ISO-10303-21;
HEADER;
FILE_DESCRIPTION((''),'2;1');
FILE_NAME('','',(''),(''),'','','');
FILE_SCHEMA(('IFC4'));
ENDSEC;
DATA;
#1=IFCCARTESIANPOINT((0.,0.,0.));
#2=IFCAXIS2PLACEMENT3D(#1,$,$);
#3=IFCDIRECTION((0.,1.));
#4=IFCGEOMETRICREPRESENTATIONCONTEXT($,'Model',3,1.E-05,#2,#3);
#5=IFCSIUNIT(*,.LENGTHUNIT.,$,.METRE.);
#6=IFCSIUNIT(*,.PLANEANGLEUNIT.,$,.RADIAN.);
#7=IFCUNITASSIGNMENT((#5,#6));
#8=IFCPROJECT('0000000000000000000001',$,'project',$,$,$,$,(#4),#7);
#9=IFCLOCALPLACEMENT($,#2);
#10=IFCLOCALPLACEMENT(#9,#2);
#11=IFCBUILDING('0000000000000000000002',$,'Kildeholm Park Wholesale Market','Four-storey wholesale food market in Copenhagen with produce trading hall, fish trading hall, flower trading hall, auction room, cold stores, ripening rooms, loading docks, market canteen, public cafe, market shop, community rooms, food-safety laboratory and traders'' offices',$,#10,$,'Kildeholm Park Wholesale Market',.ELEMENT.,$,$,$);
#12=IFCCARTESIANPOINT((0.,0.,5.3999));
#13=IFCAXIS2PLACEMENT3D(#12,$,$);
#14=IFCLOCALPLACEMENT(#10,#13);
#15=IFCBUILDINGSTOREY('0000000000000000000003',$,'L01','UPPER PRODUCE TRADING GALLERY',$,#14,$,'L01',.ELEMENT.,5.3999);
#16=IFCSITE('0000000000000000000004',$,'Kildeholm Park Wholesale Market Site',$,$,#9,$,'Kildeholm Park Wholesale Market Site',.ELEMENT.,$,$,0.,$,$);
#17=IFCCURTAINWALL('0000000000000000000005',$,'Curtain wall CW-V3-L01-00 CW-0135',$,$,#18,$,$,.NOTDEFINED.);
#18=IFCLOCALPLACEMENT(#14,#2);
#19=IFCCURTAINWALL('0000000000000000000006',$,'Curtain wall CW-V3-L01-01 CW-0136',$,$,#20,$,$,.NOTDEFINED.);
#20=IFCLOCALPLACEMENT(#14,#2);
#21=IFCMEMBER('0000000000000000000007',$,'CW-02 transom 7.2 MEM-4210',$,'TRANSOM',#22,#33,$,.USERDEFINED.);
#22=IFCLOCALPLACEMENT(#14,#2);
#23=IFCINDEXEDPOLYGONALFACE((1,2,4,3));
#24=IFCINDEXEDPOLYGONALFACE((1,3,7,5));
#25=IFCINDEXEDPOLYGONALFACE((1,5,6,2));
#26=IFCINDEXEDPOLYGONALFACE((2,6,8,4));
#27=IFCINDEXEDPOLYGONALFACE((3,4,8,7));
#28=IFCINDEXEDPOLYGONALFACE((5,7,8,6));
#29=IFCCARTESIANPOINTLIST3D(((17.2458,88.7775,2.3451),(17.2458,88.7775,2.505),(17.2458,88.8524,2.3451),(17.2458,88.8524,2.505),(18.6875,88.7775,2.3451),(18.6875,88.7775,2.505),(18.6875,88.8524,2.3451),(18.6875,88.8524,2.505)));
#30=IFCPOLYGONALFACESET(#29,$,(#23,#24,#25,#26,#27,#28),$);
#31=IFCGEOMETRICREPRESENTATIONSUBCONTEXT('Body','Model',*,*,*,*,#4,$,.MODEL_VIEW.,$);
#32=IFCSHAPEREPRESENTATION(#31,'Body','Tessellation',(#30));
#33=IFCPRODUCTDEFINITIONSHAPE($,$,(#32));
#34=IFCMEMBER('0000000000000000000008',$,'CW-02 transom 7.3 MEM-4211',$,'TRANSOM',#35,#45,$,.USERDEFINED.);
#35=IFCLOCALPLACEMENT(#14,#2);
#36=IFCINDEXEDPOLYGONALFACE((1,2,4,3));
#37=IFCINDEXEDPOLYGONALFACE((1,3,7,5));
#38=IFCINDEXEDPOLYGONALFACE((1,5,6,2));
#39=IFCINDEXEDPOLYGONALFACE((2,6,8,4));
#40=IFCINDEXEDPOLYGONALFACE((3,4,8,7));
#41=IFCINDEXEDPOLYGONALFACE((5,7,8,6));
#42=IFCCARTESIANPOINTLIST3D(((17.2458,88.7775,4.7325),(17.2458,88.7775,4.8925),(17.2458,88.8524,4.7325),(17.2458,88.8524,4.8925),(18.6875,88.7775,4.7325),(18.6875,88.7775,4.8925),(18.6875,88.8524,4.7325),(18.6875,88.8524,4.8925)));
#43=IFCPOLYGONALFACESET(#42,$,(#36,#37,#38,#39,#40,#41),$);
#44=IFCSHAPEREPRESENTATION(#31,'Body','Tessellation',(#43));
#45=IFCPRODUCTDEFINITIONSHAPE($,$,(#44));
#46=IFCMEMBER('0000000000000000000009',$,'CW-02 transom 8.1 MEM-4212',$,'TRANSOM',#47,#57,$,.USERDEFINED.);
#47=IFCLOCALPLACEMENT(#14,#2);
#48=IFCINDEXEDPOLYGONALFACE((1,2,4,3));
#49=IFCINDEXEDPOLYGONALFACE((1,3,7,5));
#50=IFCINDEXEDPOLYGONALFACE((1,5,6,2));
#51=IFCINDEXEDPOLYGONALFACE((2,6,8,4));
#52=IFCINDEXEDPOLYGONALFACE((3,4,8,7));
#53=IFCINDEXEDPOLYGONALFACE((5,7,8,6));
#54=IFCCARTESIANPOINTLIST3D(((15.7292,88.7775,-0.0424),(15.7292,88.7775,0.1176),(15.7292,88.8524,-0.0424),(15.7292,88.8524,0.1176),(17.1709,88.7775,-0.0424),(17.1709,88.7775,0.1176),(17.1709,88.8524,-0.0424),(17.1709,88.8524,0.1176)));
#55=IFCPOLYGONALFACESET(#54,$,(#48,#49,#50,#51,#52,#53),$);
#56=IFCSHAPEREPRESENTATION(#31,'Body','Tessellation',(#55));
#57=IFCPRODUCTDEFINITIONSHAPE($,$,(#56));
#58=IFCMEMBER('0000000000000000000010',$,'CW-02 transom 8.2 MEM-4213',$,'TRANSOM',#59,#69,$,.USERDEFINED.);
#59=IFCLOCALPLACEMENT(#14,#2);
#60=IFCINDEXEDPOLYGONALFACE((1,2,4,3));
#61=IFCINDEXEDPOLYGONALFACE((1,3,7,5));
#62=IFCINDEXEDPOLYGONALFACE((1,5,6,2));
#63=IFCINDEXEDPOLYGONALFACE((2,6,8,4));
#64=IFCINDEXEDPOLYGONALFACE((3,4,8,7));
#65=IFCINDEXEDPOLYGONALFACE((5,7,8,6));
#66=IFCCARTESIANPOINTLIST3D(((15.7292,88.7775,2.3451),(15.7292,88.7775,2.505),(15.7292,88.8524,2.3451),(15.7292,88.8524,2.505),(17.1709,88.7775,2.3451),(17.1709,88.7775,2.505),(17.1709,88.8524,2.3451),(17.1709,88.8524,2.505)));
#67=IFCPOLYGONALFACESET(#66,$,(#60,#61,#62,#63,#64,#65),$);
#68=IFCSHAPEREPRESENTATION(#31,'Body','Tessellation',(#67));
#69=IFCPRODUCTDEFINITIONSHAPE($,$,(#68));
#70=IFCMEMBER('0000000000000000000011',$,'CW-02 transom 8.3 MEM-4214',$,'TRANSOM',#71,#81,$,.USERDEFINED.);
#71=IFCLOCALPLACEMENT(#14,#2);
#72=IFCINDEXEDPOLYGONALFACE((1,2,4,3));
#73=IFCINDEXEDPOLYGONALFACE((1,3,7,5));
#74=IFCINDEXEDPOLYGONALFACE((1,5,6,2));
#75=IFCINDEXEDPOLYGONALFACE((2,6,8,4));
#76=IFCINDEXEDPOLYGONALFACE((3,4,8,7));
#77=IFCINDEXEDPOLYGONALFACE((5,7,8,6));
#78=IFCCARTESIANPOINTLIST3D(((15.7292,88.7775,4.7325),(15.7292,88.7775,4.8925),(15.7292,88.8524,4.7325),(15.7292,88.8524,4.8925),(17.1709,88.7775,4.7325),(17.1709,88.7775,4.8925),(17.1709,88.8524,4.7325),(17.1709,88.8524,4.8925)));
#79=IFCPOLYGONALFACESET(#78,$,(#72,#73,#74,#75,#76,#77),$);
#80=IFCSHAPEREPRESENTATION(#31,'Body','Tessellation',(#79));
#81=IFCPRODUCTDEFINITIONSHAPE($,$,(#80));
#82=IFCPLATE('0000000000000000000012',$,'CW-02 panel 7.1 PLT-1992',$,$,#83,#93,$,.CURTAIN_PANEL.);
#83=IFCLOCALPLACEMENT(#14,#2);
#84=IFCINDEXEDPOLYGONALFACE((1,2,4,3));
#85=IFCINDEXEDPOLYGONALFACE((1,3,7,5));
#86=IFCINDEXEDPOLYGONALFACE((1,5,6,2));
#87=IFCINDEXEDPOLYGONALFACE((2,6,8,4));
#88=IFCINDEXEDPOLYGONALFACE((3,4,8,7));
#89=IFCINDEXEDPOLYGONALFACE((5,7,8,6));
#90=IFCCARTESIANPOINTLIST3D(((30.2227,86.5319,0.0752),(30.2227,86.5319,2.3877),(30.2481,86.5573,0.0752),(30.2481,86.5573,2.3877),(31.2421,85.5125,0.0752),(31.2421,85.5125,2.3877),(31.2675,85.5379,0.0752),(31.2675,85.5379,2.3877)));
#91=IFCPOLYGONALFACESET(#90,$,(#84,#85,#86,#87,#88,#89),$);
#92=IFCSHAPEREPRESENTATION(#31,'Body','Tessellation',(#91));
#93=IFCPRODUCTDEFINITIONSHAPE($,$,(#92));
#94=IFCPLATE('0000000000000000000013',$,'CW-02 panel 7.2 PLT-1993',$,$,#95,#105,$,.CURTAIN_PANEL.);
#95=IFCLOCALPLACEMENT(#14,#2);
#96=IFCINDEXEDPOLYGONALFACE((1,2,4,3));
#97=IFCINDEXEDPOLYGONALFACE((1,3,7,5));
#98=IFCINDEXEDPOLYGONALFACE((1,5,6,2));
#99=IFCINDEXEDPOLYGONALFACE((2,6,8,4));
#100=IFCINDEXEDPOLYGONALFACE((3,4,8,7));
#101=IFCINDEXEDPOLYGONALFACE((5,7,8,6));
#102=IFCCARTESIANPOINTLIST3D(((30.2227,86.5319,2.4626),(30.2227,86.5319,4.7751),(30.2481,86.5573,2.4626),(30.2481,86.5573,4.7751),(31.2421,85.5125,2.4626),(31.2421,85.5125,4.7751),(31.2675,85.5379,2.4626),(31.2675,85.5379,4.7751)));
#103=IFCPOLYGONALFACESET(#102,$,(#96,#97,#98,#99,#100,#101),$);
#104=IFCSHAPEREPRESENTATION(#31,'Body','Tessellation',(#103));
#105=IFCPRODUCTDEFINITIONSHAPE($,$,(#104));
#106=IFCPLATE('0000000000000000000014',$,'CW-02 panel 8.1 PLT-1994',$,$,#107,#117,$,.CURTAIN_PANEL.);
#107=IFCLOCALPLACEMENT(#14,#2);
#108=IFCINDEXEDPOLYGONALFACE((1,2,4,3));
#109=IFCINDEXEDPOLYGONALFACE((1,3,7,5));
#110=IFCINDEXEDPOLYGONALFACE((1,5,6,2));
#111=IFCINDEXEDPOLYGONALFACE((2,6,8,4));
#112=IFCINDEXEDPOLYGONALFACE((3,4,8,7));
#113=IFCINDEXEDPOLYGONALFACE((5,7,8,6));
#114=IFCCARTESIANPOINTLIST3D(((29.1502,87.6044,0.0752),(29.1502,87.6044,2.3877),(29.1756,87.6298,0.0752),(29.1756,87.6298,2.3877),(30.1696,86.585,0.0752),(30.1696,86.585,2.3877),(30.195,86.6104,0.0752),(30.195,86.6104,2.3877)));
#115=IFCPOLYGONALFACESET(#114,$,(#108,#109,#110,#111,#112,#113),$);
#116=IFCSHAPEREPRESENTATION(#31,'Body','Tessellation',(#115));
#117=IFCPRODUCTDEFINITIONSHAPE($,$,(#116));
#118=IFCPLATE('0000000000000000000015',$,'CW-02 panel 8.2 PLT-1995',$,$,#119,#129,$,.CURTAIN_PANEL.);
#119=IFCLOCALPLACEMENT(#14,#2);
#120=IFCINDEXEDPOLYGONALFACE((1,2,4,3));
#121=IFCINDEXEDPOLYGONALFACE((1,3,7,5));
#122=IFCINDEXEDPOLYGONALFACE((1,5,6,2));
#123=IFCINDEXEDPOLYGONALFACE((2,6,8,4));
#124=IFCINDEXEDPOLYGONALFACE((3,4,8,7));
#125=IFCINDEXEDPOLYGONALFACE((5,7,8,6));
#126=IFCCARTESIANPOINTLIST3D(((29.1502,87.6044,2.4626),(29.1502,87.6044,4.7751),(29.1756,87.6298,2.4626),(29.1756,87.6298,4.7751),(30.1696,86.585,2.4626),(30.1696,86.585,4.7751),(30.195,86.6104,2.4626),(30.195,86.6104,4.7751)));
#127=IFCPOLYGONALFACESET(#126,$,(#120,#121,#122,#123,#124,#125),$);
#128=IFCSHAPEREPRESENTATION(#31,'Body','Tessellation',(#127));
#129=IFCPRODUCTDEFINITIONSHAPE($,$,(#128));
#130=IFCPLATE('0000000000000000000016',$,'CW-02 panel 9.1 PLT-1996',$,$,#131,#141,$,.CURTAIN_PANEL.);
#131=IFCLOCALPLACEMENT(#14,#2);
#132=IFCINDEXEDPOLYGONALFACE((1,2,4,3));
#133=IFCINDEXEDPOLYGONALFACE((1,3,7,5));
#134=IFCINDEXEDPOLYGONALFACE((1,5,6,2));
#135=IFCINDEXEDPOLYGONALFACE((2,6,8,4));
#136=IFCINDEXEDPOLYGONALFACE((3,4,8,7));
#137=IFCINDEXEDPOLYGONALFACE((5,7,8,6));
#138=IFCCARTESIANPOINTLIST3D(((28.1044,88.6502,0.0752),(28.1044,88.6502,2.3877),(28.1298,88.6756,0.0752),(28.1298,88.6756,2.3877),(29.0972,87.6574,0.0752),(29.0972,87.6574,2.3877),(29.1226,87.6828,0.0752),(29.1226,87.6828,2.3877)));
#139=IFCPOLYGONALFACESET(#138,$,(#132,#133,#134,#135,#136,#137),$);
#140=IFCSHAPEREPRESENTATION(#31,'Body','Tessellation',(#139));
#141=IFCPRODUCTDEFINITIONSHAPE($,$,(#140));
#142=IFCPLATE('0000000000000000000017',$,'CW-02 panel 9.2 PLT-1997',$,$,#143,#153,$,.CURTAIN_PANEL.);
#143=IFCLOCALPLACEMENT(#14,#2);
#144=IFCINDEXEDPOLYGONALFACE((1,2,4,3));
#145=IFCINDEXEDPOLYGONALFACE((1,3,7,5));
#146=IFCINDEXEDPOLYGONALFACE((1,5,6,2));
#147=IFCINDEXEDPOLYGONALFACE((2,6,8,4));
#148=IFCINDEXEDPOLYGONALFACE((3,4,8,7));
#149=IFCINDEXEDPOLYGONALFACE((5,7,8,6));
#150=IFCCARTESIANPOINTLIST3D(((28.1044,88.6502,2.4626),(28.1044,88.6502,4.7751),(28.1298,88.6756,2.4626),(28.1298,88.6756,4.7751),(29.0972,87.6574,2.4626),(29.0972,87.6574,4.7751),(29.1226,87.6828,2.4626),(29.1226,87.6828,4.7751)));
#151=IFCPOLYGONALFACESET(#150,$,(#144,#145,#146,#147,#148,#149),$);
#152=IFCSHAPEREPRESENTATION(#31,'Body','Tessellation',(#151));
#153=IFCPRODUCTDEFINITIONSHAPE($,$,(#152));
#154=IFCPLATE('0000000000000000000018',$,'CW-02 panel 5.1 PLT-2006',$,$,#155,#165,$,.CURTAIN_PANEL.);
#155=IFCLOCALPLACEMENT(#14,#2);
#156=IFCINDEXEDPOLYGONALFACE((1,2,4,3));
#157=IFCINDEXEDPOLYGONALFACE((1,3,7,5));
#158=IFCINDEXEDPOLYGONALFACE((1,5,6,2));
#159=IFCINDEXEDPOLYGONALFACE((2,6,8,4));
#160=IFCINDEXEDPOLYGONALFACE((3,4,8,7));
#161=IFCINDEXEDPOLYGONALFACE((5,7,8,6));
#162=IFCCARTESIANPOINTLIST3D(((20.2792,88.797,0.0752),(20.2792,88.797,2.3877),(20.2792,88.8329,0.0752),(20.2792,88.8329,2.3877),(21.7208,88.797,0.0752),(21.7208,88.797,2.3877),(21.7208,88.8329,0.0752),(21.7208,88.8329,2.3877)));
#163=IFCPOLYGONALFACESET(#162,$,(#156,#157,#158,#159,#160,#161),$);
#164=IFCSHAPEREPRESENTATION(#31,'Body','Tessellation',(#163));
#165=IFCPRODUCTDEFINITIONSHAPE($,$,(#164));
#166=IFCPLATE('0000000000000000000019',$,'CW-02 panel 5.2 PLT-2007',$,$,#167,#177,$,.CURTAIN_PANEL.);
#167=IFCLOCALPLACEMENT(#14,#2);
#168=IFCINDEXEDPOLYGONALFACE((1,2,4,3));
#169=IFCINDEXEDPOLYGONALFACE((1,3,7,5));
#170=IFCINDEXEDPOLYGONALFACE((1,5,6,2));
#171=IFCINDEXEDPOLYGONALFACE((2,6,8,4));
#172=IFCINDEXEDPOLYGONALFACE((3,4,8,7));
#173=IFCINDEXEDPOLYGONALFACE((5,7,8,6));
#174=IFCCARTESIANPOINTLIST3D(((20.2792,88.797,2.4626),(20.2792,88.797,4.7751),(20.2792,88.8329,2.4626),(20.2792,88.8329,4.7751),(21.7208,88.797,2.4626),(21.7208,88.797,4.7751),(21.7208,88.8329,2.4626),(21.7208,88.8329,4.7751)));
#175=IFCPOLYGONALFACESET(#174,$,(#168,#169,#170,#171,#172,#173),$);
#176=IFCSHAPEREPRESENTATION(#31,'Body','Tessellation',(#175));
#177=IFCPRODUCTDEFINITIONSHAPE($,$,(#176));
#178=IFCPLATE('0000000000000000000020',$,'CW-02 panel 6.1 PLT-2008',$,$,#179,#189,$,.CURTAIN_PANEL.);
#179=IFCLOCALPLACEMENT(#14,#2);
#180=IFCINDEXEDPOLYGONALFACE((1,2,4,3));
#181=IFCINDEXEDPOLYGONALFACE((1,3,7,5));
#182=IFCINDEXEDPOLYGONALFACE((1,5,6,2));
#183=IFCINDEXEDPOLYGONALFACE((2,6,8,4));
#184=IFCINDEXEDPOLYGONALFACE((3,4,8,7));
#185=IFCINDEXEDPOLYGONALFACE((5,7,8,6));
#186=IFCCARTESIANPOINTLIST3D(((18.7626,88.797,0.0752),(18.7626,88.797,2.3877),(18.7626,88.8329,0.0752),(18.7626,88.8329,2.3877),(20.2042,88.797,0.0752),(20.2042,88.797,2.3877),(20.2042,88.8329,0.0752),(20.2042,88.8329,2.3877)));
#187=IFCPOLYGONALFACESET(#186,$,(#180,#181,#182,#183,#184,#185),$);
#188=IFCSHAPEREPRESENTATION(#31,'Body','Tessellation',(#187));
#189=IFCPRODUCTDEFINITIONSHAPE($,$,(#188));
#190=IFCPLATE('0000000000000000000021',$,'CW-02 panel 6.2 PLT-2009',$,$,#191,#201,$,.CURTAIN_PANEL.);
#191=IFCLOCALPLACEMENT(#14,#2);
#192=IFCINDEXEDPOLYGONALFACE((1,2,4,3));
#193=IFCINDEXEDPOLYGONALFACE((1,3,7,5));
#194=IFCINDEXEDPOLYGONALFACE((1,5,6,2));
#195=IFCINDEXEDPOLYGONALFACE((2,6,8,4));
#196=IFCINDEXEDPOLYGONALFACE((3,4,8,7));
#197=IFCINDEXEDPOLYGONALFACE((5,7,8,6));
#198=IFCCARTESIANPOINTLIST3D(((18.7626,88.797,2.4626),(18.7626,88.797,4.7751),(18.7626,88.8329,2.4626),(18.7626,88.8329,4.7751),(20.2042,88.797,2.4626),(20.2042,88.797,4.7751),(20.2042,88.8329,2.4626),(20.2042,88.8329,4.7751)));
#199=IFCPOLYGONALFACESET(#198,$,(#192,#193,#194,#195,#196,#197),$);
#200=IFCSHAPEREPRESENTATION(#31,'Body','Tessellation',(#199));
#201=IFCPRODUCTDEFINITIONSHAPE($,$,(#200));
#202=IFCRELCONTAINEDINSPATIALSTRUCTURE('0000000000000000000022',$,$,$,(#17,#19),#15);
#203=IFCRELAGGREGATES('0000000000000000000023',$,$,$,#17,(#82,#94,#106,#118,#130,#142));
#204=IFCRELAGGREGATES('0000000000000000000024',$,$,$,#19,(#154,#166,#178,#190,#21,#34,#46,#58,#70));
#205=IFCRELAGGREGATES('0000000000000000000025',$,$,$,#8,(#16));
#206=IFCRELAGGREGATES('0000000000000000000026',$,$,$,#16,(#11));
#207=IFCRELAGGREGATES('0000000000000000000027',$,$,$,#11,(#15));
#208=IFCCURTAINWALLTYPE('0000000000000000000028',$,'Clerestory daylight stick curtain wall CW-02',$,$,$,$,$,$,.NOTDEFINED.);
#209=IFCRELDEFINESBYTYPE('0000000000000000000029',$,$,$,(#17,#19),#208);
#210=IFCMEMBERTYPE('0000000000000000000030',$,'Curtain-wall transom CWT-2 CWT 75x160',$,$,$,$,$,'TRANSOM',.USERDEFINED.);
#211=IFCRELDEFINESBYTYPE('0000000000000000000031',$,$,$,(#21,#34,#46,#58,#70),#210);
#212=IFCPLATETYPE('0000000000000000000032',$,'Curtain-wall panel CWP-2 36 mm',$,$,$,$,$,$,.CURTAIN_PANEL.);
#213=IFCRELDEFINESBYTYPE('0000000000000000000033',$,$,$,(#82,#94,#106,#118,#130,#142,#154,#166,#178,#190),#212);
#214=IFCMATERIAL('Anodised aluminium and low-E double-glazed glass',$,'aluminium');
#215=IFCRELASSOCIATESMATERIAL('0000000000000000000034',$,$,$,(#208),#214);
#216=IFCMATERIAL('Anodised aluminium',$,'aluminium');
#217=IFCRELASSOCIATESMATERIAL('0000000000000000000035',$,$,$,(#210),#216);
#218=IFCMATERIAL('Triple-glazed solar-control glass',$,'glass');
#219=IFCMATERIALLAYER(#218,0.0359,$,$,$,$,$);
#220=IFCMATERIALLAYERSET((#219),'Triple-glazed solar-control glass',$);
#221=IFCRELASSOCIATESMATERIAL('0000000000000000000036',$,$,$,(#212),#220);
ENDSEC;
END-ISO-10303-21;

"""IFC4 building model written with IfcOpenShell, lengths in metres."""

from ifc_helpers import new_model, si_unit, direction, frame, origin, origin_2d, place, context, subcontext, project, spatial, rectangle, extrude, material, layer, layer_set, material_profile, profile_set, type_object, element, aggregate, save


model = new_model("IFC4")

# Units and contexts
model_context = context("Model", 3, precision=1e-05, world=origin(), true_north=direction((0.0, 1.0)))
body_context = subcontext(model_context, "Body", "Model", "MODEL_VIEW")
ifc_project = project(units=[si_unit("LENGTHUNIT", "METRE"), si_unit("PLANEANGLEUNIT", "RADIAN")], contexts=[model_context])

# Site, building, storey
site_placement = place(None, origin())
site = spatial("IfcSite", under=ifc_project, at=site_placement, Name="Kildeholm Park Wholesale Market Site", LongName="Kildeholm Park Wholesale Market Site", CompositionType="ELEMENT", RefElevation=0.0)
building_placement = place(site_placement, origin())
building = spatial("IfcBuilding", under=site, at=building_placement, Name="Kildeholm Park Wholesale Market", Description="Four-storey wholesale food market in Copenhagen with produce trading hall, fish trading hall, flower trading hall, auction room, cold stores, ripening rooms, loading docks, market canteen, public cafe, market shop, community rooms, food-safety laboratory and traders' offices", LongName="Kildeholm Park Wholesale Market", CompositionType="ELEMENT")
storey_placement = place(building_placement, frame((0.0, 0.0, 5.3999)))
storey = spatial("IfcBuildingStorey", under=building, at=storey_placement, Name="L01", Description="UPPER PRODUCE TRADING GALLERY", LongName="L01", CompositionType="ELEMENT", Elevation=5.3999)

# Curtain walls
ifc_material_1 = material(Name="Anodised aluminium and low-E double-glazed glass", Category="aluminium")
curtain_wall_type = type_object("IfcCurtainWallType", Name="Clerestory daylight stick curtain wall CW-02", PredefinedType="NOTDEFINED", material=ifc_material_1)
curtain_wall_1_placement = place(storey_placement, origin())
curtain_wall_1 = element("IfcCurtainWall", 1, at=curtain_wall_1_placement, inside=storey, type_object=curtain_wall_type, Name="Curtain wall CW-V3-L01-00 CW-0135", PredefinedType="NOTDEFINED")
ifc_material_2 = material(Name="Anodised aluminium", Category="aluminium")
curtain_wall_2_placement = place(storey_placement, origin())
curtain_wall_2 = element("IfcCurtainWall", 2, at=curtain_wall_2_placement, inside=storey, type_object=curtain_wall_type, Name="Curtain wall CW-V3-L01-01 CW-0136", PredefinedType="NOTDEFINED")

# Members
ifc_material_profile_1 = material_profile(ifc_material_2, rectangle(XDim=0.075, YDim=0.1599, at=origin_2d()), Name="CWT 75x160")
ifc_profile_set_1 = profile_set([ifc_material_profile_1], Name="Anodised aluminium")
member_type_1 = type_object("IfcMemberType", Name="Curtain-wall transom CWT-2 CWT 75x160", ElementType="TRANSOM", PredefinedType="USERDEFINED", material=ifc_profile_set_1)
member_1_placement = place(storey_placement, frame((18.6875, 88.8149, 2.425), z_axis=(-1.0, 0.0, 0.0), x_axis=(0.0, -1.0, 0.0)))
member_1 = element("IfcMember", 3, at=member_1_placement, type_object=member_type_1, Name="CW-02 transom 7.2 MEM-4210", ObjectType="TRANSOM", PredefinedType="USERDEFINED", context=body_context, shape_type="SweptSolid", body=[
    extrude(rectangle(XDim=0.075, YDim=0.1599, at=origin_2d()), origin(), (0.0, 0.0, 1.0), 1.4417),
])
member_2_placement = place(storey_placement, frame((18.6875, 88.8149, 4.8125), z_axis=(-1.0, 0.0, 0.0), x_axis=(0.0, -1.0, 0.0)))
member_2 = element("IfcMember", 4, at=member_2_placement, type_object=member_type_1, Name="CW-02 transom 7.3 MEM-4211", ObjectType="TRANSOM", PredefinedType="USERDEFINED", context=body_context, shape_type="SweptSolid", body=[
    extrude(rectangle(XDim=0.075, YDim=0.1599, at=origin_2d()), origin(), (0.0, 0.0, 1.0), 1.4417),
])
member_3_placement = place(storey_placement, frame((17.1709, 88.8149, 0.0376), z_axis=(-1.0, 0.0, 0.0), x_axis=(0.0, -1.0, 0.0)))
member_3 = element("IfcMember", 5, at=member_3_placement, type_object=member_type_1, Name="CW-02 transom 8.1 MEM-4212", ObjectType="TRANSOM", PredefinedType="USERDEFINED", context=body_context, shape_type="SweptSolid", body=[
    extrude(rectangle(XDim=0.075, YDim=0.1599, at=origin_2d()), origin(), (0.0, 0.0, 1.0), 1.4417),
])
member_4_placement = place(storey_placement, frame((17.1709, 88.8149, 2.425), z_axis=(-1.0, 0.0, 0.0), x_axis=(0.0, -1.0, 0.0)))
member_4 = element("IfcMember", 6, at=member_4_placement, type_object=member_type_1, Name="CW-02 transom 8.2 MEM-4213", ObjectType="TRANSOM", PredefinedType="USERDEFINED", context=body_context, shape_type="SweptSolid", body=[
    extrude(rectangle(XDim=0.075, YDim=0.1599, at=origin_2d()), origin(), (0.0, 0.0, 1.0), 1.4417),
])
member_5_placement = place(storey_placement, frame((17.1709, 88.8149, 4.8125), z_axis=(-1.0, 0.0, 0.0), x_axis=(0.0, -1.0, 0.0)))
member_5 = element("IfcMember", 7, at=member_5_placement, type_object=member_type_1, Name="CW-02 transom 8.3 MEM-4214", ObjectType="TRANSOM", PredefinedType="USERDEFINED", context=body_context, shape_type="SweptSolid", body=[
    extrude(rectangle(XDim=0.075, YDim=0.1599, at=origin_2d()), origin(), (0.0, 0.0, 1.0), 1.4417),
])

# Plates
ifc_material_3 = material(Name="Triple-glazed solar-control glass", Category="glass")
ifc_layer_1 = layer(ifc_material_3, 0.0359)
ifc_layer_set_1 = layer_set([ifc_layer_1], Name="Triple-glazed solar-control glass")
plate_type = type_object("IfcPlateType", Name="Curtain-wall panel CWP-2 36 mm", PredefinedType="CURTAIN_PANEL", material=ifc_layer_set_1)
plate_1_placement = place(storey_placement, frame((30.7451, 86.0349, 0.0752), z_axis=(0.0, 0.0, 1.0), x_axis=(-0.707107, 0.707107, 0.0)))
plate_1 = element("IfcPlate", 8, at=plate_1_placement, type_object=plate_type, Name="CW-02 panel 7.1 PLT-1992", PredefinedType="CURTAIN_PANEL", context=body_context, shape_type="SweptSolid", body=[
    extrude(rectangle(XDim=1.4417, YDim=0.0359, at=origin_2d()), origin(), (0.0, 0.0, 1.0), 2.3125),
])
plate_2_placement = place(storey_placement, frame((30.7451, 86.0349, 2.4626), z_axis=(0.0, 0.0, 1.0), x_axis=(-0.707107, 0.707107, 0.0)))
plate_2 = element("IfcPlate", 9, at=plate_2_placement, type_object=plate_type, Name="CW-02 panel 7.2 PLT-1993", PredefinedType="CURTAIN_PANEL", context=body_context, shape_type="SweptSolid", body=[
    extrude(rectangle(XDim=1.4417, YDim=0.0359, at=origin_2d()), origin(), (0.0, 0.0, 1.0), 2.3125),
])
plate_3_placement = place(storey_placement, frame((29.6726, 87.1074, 0.0752), z_axis=(0.0, 0.0, 1.0), x_axis=(-0.707107, 0.707107, 0.0)))
plate_3 = element("IfcPlate", 10, at=plate_3_placement, type_object=plate_type, Name="CW-02 panel 8.1 PLT-1994", PredefinedType="CURTAIN_PANEL", context=body_context, shape_type="SweptSolid", body=[
    extrude(rectangle(XDim=1.4417, YDim=0.0359, at=origin_2d()), origin(), (0.0, 0.0, 1.0), 2.3125),
])
plate_4_placement = place(storey_placement, frame((29.6726, 87.1074, 2.4626), z_axis=(0.0, 0.0, 1.0), x_axis=(-0.707107, 0.707107, 0.0)))
plate_4 = element("IfcPlate", 11, at=plate_4_placement, type_object=plate_type, Name="CW-02 panel 8.2 PLT-1995", PredefinedType="CURTAIN_PANEL", context=body_context, shape_type="SweptSolid", body=[
    extrude(rectangle(XDim=1.4417, YDim=0.0359, at=origin_2d()), origin(), (0.0, 0.0, 1.0), 2.3125),
])
plate_5_placement = place(storey_placement, frame((28.6135, 88.1665, 0.0752), z_axis=(0.0, 0.0, 1.0), x_axis=(-0.707107, 0.707107, 0.0)))
plate_5 = element("IfcPlate", 12, at=plate_5_placement, type_object=plate_type, Name="CW-02 panel 9.1 PLT-1996", PredefinedType="CURTAIN_PANEL", context=body_context, shape_type="SweptSolid", body=[
    extrude(rectangle(XDim=1.4041, YDim=0.0359, at=origin_2d()), origin(), (0.0, 0.0, 1.0), 2.3125),
])
plate_6_placement = place(storey_placement, frame((28.6135, 88.1665, 2.4626), z_axis=(0.0, 0.0, 1.0), x_axis=(-0.707107, 0.707107, 0.0)))
plate_6 = element("IfcPlate", 13, at=plate_6_placement, type_object=plate_type, Name="CW-02 panel 9.2 PLT-1997", PredefinedType="CURTAIN_PANEL", context=body_context, shape_type="SweptSolid", body=[
    extrude(rectangle(XDim=1.4041, YDim=0.0359, at=origin_2d()), origin(), (0.0, 0.0, 1.0), 2.3125),
])
aggregate(curtain_wall_1, [plate_1, plate_2, plate_3, plate_4, plate_5, plate_6])
plate_7_placement = place(storey_placement, frame((21.0, 88.8149, 0.0752), z_axis=(0.0, 0.0, 1.0), x_axis=(-1.0, 0.0, 0.0)))
plate_7 = element("IfcPlate", 14, at=plate_7_placement, type_object=plate_type, Name="CW-02 panel 5.1 PLT-2006", PredefinedType="CURTAIN_PANEL", context=body_context, shape_type="SweptSolid", body=[
    extrude(rectangle(XDim=1.4417, YDim=0.0359, at=origin_2d()), origin(), (0.0, 0.0, 1.0), 2.3125),
])
plate_8_placement = place(storey_placement, frame((21.0, 88.8149, 2.4626), z_axis=(0.0, 0.0, 1.0), x_axis=(-1.0, 0.0, 0.0)))
plate_8 = element("IfcPlate", 15, at=plate_8_placement, type_object=plate_type, Name="CW-02 panel 5.2 PLT-2007", PredefinedType="CURTAIN_PANEL", context=body_context, shape_type="SweptSolid", body=[
    extrude(rectangle(XDim=1.4417, YDim=0.0359, at=origin_2d()), origin(), (0.0, 0.0, 1.0), 2.3125),
])
plate_9_placement = place(storey_placement, frame((19.4834, 88.8149, 0.0752), z_axis=(0.0, 0.0, 1.0), x_axis=(-1.0, 0.0, 0.0)))
plate_9 = element("IfcPlate", 16, at=plate_9_placement, type_object=plate_type, Name="CW-02 panel 6.1 PLT-2008", PredefinedType="CURTAIN_PANEL", context=body_context, shape_type="SweptSolid", body=[
    extrude(rectangle(XDim=1.4417, YDim=0.0359, at=origin_2d()), origin(), (0.0, 0.0, 1.0), 2.3125),
])
plate_10_placement = place(storey_placement, frame((19.4834, 88.8149, 2.4626), z_axis=(0.0, 0.0, 1.0), x_axis=(-1.0, 0.0, 0.0)))
plate_10 = element("IfcPlate", 17, at=plate_10_placement, type_object=plate_type, Name="CW-02 panel 6.2 PLT-2009", PredefinedType="CURTAIN_PANEL", context=body_context, shape_type="SweptSolid", body=[
    extrude(rectangle(XDim=1.4417, YDim=0.0359, at=origin_2d()), origin(), (0.0, 0.0, 1.0), 2.3125),
])
aggregate(curtain_wall_2, [plate_7, plate_8, plate_9, plate_10, member_1, member_2, member_3, member_4, member_5])

save(model, "model.ifc")
